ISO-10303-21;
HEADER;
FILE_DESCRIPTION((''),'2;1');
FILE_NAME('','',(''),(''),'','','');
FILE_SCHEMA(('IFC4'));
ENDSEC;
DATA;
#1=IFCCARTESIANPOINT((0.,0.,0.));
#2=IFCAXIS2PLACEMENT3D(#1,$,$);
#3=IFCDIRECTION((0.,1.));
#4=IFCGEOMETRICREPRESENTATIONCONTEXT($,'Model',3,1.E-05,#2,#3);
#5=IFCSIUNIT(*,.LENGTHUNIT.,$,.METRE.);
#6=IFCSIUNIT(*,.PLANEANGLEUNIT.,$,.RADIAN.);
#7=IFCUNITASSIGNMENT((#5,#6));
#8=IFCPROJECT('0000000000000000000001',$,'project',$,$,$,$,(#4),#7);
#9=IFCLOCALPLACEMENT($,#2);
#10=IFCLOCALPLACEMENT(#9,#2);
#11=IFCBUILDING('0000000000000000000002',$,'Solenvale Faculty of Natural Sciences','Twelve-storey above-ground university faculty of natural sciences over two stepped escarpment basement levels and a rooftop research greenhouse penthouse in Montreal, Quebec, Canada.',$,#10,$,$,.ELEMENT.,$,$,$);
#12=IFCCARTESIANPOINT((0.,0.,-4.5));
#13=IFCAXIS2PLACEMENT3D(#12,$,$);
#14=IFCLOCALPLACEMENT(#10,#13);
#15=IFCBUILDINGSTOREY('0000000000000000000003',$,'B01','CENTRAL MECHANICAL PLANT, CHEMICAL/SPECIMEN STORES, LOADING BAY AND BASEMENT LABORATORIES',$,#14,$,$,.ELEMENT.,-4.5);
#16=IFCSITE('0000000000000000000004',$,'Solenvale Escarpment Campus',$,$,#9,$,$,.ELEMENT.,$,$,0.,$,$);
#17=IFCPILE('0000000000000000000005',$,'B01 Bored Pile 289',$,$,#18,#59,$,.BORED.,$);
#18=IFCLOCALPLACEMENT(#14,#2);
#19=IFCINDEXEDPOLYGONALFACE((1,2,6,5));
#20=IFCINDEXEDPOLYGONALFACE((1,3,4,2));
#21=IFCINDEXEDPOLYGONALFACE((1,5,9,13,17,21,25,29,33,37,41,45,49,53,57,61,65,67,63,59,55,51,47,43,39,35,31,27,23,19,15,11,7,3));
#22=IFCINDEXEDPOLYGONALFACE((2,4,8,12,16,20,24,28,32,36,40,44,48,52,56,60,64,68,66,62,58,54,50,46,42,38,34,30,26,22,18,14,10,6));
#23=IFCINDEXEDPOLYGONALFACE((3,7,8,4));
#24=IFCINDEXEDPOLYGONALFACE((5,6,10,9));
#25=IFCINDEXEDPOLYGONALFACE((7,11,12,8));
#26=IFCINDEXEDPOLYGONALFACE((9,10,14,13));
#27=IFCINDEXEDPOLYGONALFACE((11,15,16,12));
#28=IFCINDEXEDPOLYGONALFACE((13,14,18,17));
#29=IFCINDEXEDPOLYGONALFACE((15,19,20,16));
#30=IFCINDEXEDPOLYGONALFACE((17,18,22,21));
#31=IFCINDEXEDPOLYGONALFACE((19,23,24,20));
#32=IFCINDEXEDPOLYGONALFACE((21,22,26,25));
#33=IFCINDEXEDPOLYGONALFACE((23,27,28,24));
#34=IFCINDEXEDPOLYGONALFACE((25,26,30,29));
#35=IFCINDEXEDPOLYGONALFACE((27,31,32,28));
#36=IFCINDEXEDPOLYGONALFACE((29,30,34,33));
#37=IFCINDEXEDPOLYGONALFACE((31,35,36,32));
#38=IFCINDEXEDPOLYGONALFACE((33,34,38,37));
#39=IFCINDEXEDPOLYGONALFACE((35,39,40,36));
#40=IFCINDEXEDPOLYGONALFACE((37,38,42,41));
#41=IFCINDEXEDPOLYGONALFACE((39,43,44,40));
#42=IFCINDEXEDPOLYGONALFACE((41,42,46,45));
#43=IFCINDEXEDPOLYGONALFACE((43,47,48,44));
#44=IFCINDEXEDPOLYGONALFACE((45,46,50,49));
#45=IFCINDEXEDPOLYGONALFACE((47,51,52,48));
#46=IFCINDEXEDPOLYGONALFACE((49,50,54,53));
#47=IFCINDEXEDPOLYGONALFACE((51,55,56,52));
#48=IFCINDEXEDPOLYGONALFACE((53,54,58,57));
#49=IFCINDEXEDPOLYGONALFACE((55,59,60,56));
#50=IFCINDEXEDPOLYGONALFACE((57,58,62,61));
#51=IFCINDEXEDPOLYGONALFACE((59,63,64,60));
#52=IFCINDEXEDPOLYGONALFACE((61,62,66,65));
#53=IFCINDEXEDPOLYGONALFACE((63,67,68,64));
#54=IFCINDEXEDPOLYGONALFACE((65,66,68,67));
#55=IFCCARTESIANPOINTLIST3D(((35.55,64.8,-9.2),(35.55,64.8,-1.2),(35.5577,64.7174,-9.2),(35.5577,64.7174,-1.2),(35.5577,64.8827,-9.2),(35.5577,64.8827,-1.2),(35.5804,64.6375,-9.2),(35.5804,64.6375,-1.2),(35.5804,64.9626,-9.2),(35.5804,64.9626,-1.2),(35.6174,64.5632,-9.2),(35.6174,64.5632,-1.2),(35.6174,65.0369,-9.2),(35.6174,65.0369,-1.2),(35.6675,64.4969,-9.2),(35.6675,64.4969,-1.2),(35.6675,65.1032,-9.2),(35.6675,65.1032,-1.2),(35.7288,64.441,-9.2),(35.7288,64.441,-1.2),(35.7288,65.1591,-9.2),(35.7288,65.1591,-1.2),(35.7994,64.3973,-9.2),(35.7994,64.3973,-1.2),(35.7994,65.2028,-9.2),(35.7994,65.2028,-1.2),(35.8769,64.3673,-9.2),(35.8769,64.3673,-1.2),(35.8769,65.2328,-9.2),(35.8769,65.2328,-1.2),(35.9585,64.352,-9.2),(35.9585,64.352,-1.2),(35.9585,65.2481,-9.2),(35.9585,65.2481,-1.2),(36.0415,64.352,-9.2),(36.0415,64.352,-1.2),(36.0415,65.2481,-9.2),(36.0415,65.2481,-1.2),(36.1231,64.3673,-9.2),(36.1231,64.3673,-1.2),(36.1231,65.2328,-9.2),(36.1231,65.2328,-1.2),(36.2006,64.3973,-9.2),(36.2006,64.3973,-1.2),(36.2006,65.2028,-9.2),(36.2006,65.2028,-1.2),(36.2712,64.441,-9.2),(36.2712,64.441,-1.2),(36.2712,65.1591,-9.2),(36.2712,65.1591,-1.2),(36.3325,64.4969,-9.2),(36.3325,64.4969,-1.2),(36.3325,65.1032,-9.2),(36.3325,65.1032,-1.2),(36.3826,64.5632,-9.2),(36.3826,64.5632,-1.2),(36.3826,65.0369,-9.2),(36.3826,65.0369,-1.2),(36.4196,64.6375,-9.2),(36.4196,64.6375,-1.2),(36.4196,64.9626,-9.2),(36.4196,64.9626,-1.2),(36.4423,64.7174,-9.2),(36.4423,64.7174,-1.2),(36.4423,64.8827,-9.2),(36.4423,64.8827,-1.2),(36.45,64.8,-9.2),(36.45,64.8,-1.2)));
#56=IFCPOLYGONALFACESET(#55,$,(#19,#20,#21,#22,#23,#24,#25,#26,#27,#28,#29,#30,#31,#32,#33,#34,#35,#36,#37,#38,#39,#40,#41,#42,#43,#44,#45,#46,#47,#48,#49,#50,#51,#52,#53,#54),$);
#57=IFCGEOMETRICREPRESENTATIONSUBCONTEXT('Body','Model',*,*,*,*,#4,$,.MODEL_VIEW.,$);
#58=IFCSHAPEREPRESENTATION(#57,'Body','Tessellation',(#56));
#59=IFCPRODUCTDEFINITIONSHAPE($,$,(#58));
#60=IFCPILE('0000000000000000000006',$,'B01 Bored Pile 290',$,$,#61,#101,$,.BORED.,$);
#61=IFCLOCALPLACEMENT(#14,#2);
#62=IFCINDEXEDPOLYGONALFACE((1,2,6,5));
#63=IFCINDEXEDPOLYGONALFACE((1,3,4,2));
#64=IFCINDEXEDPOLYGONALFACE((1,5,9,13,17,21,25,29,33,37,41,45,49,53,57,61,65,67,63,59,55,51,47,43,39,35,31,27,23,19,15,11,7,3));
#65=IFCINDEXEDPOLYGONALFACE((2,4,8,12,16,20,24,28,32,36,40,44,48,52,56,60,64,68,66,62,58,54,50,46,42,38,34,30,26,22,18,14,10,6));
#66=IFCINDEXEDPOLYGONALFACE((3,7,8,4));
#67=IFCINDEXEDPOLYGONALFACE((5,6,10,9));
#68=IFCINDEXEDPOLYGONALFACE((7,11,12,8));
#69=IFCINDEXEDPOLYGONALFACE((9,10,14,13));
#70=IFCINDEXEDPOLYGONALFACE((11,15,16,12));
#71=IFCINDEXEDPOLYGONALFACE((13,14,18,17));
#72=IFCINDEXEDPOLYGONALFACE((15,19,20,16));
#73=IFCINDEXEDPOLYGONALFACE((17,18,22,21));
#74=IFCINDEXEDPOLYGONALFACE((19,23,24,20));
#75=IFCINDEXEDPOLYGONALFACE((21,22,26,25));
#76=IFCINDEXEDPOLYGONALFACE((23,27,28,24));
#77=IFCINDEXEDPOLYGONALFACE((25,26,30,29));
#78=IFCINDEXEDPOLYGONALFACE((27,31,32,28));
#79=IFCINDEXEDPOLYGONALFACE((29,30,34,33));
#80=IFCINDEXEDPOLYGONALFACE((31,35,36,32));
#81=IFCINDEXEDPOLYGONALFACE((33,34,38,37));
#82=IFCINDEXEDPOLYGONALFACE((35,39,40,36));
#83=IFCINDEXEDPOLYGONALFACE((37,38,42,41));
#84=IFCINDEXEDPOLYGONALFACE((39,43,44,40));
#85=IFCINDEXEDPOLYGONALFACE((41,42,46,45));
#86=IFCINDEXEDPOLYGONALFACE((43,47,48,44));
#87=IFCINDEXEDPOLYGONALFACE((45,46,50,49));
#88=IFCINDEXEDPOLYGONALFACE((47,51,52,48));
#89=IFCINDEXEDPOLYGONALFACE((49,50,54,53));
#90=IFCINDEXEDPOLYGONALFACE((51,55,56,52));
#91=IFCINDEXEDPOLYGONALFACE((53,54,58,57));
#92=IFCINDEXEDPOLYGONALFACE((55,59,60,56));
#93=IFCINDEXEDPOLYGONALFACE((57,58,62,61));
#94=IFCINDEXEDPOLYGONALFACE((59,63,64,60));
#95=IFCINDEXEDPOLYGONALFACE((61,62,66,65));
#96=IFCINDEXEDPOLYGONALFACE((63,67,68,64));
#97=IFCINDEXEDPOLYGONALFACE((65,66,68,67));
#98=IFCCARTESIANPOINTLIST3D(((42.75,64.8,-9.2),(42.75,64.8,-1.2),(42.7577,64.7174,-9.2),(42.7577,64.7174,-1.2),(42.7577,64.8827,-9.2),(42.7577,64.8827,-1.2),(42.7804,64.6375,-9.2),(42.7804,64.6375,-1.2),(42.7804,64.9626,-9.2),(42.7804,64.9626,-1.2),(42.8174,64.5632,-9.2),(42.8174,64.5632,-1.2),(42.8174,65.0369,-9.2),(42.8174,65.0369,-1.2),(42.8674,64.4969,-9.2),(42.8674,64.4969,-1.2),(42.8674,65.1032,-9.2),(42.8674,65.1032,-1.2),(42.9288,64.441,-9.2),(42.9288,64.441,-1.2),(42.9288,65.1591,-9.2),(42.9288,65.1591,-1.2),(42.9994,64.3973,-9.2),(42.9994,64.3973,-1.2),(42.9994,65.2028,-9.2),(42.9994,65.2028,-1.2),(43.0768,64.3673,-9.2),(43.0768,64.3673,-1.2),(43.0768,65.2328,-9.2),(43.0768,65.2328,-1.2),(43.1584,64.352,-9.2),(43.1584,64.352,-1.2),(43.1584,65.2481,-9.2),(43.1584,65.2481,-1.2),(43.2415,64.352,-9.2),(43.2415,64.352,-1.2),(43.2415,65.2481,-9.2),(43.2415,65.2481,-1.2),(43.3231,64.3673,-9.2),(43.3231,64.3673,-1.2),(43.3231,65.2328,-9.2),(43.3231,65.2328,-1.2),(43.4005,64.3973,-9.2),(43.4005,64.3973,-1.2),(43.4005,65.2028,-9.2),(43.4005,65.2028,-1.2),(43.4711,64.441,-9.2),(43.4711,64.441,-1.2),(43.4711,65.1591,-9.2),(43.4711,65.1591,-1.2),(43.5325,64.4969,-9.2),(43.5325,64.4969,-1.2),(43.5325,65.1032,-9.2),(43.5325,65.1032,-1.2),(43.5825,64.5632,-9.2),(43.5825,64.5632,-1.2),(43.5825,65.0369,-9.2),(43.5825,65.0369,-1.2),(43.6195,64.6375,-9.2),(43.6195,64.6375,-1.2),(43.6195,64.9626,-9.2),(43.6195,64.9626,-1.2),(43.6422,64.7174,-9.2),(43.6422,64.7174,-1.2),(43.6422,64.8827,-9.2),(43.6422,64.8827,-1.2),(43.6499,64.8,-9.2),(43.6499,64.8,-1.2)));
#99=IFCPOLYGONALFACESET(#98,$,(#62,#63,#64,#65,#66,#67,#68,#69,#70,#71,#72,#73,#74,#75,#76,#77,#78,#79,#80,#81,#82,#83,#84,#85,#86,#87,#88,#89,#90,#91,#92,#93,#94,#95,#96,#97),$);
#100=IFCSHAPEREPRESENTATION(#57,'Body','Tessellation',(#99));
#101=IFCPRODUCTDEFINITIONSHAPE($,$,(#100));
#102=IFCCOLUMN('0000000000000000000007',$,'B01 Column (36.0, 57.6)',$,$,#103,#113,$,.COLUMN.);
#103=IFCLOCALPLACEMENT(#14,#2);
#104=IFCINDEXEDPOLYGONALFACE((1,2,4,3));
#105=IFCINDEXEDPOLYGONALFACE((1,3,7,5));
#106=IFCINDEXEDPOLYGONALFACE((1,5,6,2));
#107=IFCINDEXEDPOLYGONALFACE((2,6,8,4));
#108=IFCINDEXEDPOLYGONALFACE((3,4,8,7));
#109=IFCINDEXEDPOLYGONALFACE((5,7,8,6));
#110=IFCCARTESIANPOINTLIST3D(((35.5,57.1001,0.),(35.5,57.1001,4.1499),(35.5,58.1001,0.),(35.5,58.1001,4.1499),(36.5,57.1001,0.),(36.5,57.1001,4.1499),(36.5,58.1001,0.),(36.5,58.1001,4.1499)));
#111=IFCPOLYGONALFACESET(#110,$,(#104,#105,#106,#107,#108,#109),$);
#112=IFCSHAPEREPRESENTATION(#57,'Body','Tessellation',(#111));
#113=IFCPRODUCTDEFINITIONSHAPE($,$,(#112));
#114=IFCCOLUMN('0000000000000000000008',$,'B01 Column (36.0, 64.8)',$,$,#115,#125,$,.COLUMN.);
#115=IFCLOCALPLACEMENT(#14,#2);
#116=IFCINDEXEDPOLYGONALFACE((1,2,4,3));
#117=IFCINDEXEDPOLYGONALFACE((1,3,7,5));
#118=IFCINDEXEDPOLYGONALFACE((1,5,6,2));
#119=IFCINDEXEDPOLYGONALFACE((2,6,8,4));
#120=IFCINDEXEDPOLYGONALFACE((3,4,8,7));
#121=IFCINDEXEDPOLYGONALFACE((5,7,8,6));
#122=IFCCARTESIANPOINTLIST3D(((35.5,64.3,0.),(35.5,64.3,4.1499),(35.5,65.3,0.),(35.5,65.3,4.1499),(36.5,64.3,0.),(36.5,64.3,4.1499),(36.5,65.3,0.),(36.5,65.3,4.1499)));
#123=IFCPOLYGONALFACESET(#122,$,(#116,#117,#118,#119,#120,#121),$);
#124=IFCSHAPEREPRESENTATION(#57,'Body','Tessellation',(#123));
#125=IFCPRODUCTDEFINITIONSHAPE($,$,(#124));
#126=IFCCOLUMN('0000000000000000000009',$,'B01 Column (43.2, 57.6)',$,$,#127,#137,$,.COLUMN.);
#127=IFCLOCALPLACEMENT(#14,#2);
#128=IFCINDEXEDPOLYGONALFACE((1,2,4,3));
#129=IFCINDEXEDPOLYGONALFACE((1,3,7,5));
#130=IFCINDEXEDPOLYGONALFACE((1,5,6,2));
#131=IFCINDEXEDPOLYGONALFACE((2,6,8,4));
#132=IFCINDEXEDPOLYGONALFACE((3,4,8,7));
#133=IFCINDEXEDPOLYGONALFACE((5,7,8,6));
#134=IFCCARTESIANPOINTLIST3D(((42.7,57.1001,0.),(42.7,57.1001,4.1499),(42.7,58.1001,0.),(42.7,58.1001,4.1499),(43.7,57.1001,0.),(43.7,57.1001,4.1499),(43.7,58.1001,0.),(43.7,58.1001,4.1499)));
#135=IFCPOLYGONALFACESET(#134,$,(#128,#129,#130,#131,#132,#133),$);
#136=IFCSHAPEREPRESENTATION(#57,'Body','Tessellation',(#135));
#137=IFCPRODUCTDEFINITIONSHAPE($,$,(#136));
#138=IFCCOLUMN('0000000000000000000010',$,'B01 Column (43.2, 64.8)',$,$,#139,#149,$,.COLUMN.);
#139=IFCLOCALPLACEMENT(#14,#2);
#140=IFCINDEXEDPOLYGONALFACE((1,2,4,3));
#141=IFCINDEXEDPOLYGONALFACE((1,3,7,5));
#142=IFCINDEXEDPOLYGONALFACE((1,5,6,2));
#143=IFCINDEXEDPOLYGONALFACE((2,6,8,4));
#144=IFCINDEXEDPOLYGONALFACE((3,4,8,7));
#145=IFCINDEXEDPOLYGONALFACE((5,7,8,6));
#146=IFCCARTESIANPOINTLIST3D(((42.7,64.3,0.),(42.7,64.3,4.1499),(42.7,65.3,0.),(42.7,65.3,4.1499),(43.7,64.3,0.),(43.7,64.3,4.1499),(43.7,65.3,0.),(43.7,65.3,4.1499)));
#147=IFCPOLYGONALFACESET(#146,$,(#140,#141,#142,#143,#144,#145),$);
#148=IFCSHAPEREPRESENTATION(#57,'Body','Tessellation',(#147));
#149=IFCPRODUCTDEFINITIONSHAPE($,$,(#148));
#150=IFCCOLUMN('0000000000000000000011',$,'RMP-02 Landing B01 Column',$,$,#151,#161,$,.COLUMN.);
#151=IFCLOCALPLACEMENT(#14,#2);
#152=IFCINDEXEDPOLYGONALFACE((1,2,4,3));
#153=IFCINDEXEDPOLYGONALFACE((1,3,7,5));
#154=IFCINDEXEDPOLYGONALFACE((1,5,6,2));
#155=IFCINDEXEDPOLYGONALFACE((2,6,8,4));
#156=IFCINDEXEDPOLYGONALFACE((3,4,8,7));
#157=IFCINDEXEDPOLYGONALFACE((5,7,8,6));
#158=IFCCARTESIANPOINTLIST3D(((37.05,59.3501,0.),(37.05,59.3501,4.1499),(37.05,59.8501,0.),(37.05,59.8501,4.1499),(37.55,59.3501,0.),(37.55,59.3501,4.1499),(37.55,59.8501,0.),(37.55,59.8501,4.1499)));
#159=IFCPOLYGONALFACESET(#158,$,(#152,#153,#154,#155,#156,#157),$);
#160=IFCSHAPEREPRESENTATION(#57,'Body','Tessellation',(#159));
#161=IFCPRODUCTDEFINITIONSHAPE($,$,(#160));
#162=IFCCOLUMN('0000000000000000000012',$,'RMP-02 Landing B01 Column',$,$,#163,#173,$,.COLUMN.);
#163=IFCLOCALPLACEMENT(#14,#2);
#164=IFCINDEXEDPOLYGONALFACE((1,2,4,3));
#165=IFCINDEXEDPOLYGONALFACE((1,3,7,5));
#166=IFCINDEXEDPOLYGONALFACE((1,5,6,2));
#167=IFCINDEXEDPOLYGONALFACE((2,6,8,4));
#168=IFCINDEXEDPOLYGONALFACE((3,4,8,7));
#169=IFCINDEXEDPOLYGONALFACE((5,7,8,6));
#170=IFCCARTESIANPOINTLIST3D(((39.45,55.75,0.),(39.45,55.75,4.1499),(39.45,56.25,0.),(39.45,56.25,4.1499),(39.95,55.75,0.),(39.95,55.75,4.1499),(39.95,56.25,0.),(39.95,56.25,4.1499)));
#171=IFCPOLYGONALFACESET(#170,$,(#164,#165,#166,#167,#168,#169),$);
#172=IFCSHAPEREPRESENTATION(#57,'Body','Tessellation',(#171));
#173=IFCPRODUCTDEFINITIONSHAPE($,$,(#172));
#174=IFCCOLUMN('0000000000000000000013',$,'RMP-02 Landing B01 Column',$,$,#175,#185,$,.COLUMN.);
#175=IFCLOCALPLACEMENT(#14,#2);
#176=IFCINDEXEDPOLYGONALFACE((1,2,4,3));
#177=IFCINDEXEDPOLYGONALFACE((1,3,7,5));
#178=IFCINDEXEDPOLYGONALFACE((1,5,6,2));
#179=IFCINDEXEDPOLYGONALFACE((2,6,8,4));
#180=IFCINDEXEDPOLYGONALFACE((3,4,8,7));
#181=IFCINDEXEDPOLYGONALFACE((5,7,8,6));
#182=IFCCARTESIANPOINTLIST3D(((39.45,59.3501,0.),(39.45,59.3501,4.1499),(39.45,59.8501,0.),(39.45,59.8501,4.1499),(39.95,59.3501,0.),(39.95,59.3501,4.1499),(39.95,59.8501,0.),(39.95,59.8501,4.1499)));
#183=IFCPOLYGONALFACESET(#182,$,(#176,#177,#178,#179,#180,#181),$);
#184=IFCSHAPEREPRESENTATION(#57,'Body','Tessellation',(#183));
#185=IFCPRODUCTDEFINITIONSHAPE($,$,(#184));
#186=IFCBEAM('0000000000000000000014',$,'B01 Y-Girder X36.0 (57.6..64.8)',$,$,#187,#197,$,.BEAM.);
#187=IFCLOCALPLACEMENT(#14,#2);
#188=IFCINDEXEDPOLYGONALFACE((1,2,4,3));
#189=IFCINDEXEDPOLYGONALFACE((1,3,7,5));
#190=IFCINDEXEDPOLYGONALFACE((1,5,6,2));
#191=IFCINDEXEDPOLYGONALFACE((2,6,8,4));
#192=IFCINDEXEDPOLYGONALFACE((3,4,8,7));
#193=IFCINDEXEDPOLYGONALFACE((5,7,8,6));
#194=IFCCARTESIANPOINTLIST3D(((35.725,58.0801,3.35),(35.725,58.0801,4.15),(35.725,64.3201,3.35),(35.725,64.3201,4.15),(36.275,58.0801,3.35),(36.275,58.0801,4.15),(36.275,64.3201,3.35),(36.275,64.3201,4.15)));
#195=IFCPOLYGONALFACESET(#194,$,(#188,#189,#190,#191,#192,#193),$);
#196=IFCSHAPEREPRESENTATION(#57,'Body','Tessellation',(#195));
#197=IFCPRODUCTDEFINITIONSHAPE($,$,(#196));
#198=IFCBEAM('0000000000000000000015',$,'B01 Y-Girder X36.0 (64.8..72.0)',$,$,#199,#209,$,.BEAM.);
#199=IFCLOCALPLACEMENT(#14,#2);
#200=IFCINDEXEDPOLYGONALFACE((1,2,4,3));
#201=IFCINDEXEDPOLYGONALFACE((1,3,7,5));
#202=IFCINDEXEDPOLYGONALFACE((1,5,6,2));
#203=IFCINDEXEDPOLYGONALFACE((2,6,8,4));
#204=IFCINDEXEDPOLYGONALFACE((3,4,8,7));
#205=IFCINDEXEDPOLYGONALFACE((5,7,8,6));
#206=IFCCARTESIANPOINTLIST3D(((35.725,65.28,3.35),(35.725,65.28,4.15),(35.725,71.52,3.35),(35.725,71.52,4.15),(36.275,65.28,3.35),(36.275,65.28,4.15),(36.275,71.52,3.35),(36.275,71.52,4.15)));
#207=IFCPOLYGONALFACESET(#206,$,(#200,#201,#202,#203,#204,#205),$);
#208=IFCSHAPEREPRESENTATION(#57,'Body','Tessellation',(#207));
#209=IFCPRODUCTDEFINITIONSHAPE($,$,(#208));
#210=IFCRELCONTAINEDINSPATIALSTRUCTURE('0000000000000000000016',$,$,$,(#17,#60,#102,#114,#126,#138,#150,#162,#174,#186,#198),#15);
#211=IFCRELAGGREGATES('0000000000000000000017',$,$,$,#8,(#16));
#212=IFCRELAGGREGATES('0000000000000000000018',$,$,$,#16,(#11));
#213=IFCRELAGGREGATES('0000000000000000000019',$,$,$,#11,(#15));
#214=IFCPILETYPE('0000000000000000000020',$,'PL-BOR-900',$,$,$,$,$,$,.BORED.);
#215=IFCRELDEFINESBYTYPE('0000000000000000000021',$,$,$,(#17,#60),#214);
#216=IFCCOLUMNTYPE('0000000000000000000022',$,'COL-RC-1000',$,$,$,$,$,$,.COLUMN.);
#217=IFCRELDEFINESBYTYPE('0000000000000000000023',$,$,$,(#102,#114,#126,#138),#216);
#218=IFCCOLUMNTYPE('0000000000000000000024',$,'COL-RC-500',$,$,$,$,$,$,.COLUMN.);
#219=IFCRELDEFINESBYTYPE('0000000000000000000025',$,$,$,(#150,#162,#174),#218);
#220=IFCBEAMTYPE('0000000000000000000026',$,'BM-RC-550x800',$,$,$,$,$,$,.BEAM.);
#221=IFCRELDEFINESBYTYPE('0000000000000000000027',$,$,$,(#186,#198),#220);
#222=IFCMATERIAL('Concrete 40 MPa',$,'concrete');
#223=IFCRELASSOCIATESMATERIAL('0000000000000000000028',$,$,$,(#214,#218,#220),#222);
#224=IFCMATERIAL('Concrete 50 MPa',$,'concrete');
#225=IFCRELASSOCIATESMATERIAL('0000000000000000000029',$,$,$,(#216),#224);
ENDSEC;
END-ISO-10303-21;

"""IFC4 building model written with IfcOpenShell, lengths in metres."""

from ifc_helpers import new_model, si_unit, direction, frame, origin, origin_2d, place, context, subcontext, project, spatial, rectangle, circle, extrude, material, material_profile, profile_set, type_object, element, save


model = new_model("IFC4")

# Units and contexts
model_context = context("Model", 3, precision=1e-05, world=origin(), true_north=direction((0.0, 1.0)))
body_context = subcontext(model_context, "Body", "Model", "MODEL_VIEW")
ifc_project = project(units=[si_unit("LENGTHUNIT", "METRE"), si_unit("PLANEANGLEUNIT", "RADIAN")], contexts=[model_context])

# Site, building, storey
site_placement = place(None, origin())
site = spatial("IfcSite", under=ifc_project, at=site_placement, Name="Solenvale Escarpment Campus", CompositionType="ELEMENT", RefElevation=0.0)
building_placement = place(site_placement, origin())
building = spatial("IfcBuilding", under=site, at=building_placement, Name="Solenvale Faculty of Natural Sciences", Description="Twelve-storey above-ground university faculty of natural sciences over two stepped escarpment basement levels and a rooftop research greenhouse penthouse in Montreal, Quebec, Canada.", CompositionType="ELEMENT")
storey_placement = place(building_placement, frame((0.0, 0.0, -4.5)))
storey = spatial("IfcBuildingStorey", under=building, at=storey_placement, Name="B01", Description="CENTRAL MECHANICAL PLANT, CHEMICAL/SPECIMEN STORES, LOADING BAY AND BASEMENT LABORATORIES", CompositionType="ELEMENT", Elevation=-4.5)

# Shared definitions
ifc_material_1 = material(Name="Concrete 40 MPa", Category="concrete")

# Piles
ifc_material_profile_1 = material_profile(ifc_material_1, circle(Radius=0.45, at=origin_2d()), Name="PILE-D900")
ifc_profile_set_1 = profile_set([ifc_material_profile_1], Name="Concrete 40 MPa")
pile_type_1 = type_object("IfcPileType", Name="PL-BOR-900", PredefinedType="BORED", material=ifc_profile_set_1)
for number, where, z_axis, x_axis, name in (
    (1, (36.0, 64.8, -1.2), (0.0, 0.0, -1.0), (1.0, 0.0, 0.0), "B01 Bored Pile 289"),
    (2, (43.2, 64.8, -1.2), (0.0, 0.0, -1.0), (1.0, 0.0, 0.0), "B01 Bored Pile 290"),
):
    element("IfcPile", number, at=place(storey_placement, frame(where, z_axis=z_axis, x_axis=x_axis)), inside=storey, type_object=pile_type_1, Name=name, PredefinedType="BORED", context=body_context, shape_type="SweptSolid", body=[
        extrude(circle(Radius=0.45, at=origin_2d()), origin(), (0.0, 0.0, 1.0), 8.0),
    ])

# Columns
ifc_material_2 = material(Name="Concrete 50 MPa", Category="concrete")
ifc_material_profile_2 = material_profile(ifc_material_2, rectangle(XDim=1.0, YDim=1.0, at=origin_2d()), Name="RC-COL-1000x1000")
ifc_profile_set_2 = profile_set([ifc_material_profile_2], Name="Concrete 50 MPa")
column_type_1 = type_object("IfcColumnType", Name="COL-RC-1000", PredefinedType="COLUMN", material=ifc_profile_set_2)
for number, where, z_axis, x_axis, name in (
    (3, (36.0, 57.6001, 0.0), (0.0, 0.0, 1.0), (1.0, 0.0, 0.0), "B01 Column (36.0, 57.6)"),
    (4, (36.0, 64.8, 0.0), (0.0, 0.0, 1.0), (1.0, 0.0, 0.0), "B01 Column (36.0, 64.8)"),
    (5, (43.2, 57.6001, 0.0), (0.0, 0.0, 1.0), (1.0, 0.0, 0.0), "B01 Column (43.2, 57.6)"),
    (6, (43.2, 64.8, 0.0), (0.0, 0.0, 1.0), (1.0, 0.0, 0.0), "B01 Column (43.2, 64.8)"),
):
    element("IfcColumn", number, at=place(storey_placement, frame(where, z_axis=z_axis, x_axis=x_axis)), inside=storey, type_object=column_type_1, Name=name, PredefinedType="COLUMN", context=body_context, shape_type="SweptSolid", body=[
        extrude(rectangle(XDim=1.0, YDim=1.0, at=origin_2d()), origin(), (0.0, 0.0, 1.0), 4.1499),
    ])
ifc_material_profile_3 = material_profile(ifc_material_1, rectangle(XDim=0.5, YDim=0.5, at=origin_2d()), Name="RC-COL-500x500")
ifc_profile_set_3 = profile_set([ifc_material_profile_3], Name="Concrete 40 MPa")
column_type_2 = type_object("IfcColumnType", Name="COL-RC-500", PredefinedType="COLUMN", material=ifc_profile_set_3)
for number, where, z_axis, x_axis, name in (
    (7, (37.3, 59.6001, 0.0), (0.0, 0.0, 1.0), (1.0, 0.0, 0.0), "RMP-02 Landing B01 Column"),
    (8, (39.7, 56.0, 0.0), (0.0, 0.0, 1.0), (1.0, 0.0, 0.0), "RMP-02 Landing B01 Column"),
    (9, (39.7, 59.6001, 0.0), (0.0, 0.0, 1.0), (1.0, 0.0, 0.0), "RMP-02 Landing B01 Column"),
):
    element("IfcColumn", number, at=place(storey_placement, frame(where, z_axis=z_axis, x_axis=x_axis)), inside=storey, type_object=column_type_2, Name=name, PredefinedType="COLUMN", context=body_context, shape_type="SweptSolid", body=[
        extrude(rectangle(XDim=0.5, YDim=0.5, at=origin_2d()), origin(), (0.0, 0.0, 1.0), 4.1499),
    ])

# Beams
ifc_material_profile_4 = material_profile(ifc_material_1, rectangle(XDim=0.55, YDim=0.8, at=origin_2d()), Name="RC-BM-550x800")
ifc_profile_set_4 = profile_set([ifc_material_profile_4], Name="Concrete 40 MPa")
beam_type_1 = type_object("IfcBeamType", Name="BM-RC-550x800", PredefinedType="BEAM", material=ifc_profile_set_4)
for number, where, z_axis, x_axis, name in (
    (10, (36.0, 58.0801, 3.75), (0.0, 1.0, 0.0), (-1.0, 0.0, 0.0), "B01 Y-Girder X36.0 (57.6..64.8)"),
    (11, (36.0, 65.28, 3.75), (0.0, 1.0, 0.0), (-1.0, 0.0, 0.0), "B01 Y-Girder X36.0 (64.8..72.0)"),
):
    element("IfcBeam", number, at=place(storey_placement, frame(where, z_axis=z_axis, x_axis=x_axis)), inside=storey, type_object=beam_type_1, Name=name, PredefinedType="BEAM", context=body_context, shape_type="SweptSolid", body=[
        extrude(rectangle(XDim=0.55, YDim=0.8, at=origin_2d()), origin(), (0.0, 0.0, 1.0), 6.24),
    ])

save(model, "model.ifc")
